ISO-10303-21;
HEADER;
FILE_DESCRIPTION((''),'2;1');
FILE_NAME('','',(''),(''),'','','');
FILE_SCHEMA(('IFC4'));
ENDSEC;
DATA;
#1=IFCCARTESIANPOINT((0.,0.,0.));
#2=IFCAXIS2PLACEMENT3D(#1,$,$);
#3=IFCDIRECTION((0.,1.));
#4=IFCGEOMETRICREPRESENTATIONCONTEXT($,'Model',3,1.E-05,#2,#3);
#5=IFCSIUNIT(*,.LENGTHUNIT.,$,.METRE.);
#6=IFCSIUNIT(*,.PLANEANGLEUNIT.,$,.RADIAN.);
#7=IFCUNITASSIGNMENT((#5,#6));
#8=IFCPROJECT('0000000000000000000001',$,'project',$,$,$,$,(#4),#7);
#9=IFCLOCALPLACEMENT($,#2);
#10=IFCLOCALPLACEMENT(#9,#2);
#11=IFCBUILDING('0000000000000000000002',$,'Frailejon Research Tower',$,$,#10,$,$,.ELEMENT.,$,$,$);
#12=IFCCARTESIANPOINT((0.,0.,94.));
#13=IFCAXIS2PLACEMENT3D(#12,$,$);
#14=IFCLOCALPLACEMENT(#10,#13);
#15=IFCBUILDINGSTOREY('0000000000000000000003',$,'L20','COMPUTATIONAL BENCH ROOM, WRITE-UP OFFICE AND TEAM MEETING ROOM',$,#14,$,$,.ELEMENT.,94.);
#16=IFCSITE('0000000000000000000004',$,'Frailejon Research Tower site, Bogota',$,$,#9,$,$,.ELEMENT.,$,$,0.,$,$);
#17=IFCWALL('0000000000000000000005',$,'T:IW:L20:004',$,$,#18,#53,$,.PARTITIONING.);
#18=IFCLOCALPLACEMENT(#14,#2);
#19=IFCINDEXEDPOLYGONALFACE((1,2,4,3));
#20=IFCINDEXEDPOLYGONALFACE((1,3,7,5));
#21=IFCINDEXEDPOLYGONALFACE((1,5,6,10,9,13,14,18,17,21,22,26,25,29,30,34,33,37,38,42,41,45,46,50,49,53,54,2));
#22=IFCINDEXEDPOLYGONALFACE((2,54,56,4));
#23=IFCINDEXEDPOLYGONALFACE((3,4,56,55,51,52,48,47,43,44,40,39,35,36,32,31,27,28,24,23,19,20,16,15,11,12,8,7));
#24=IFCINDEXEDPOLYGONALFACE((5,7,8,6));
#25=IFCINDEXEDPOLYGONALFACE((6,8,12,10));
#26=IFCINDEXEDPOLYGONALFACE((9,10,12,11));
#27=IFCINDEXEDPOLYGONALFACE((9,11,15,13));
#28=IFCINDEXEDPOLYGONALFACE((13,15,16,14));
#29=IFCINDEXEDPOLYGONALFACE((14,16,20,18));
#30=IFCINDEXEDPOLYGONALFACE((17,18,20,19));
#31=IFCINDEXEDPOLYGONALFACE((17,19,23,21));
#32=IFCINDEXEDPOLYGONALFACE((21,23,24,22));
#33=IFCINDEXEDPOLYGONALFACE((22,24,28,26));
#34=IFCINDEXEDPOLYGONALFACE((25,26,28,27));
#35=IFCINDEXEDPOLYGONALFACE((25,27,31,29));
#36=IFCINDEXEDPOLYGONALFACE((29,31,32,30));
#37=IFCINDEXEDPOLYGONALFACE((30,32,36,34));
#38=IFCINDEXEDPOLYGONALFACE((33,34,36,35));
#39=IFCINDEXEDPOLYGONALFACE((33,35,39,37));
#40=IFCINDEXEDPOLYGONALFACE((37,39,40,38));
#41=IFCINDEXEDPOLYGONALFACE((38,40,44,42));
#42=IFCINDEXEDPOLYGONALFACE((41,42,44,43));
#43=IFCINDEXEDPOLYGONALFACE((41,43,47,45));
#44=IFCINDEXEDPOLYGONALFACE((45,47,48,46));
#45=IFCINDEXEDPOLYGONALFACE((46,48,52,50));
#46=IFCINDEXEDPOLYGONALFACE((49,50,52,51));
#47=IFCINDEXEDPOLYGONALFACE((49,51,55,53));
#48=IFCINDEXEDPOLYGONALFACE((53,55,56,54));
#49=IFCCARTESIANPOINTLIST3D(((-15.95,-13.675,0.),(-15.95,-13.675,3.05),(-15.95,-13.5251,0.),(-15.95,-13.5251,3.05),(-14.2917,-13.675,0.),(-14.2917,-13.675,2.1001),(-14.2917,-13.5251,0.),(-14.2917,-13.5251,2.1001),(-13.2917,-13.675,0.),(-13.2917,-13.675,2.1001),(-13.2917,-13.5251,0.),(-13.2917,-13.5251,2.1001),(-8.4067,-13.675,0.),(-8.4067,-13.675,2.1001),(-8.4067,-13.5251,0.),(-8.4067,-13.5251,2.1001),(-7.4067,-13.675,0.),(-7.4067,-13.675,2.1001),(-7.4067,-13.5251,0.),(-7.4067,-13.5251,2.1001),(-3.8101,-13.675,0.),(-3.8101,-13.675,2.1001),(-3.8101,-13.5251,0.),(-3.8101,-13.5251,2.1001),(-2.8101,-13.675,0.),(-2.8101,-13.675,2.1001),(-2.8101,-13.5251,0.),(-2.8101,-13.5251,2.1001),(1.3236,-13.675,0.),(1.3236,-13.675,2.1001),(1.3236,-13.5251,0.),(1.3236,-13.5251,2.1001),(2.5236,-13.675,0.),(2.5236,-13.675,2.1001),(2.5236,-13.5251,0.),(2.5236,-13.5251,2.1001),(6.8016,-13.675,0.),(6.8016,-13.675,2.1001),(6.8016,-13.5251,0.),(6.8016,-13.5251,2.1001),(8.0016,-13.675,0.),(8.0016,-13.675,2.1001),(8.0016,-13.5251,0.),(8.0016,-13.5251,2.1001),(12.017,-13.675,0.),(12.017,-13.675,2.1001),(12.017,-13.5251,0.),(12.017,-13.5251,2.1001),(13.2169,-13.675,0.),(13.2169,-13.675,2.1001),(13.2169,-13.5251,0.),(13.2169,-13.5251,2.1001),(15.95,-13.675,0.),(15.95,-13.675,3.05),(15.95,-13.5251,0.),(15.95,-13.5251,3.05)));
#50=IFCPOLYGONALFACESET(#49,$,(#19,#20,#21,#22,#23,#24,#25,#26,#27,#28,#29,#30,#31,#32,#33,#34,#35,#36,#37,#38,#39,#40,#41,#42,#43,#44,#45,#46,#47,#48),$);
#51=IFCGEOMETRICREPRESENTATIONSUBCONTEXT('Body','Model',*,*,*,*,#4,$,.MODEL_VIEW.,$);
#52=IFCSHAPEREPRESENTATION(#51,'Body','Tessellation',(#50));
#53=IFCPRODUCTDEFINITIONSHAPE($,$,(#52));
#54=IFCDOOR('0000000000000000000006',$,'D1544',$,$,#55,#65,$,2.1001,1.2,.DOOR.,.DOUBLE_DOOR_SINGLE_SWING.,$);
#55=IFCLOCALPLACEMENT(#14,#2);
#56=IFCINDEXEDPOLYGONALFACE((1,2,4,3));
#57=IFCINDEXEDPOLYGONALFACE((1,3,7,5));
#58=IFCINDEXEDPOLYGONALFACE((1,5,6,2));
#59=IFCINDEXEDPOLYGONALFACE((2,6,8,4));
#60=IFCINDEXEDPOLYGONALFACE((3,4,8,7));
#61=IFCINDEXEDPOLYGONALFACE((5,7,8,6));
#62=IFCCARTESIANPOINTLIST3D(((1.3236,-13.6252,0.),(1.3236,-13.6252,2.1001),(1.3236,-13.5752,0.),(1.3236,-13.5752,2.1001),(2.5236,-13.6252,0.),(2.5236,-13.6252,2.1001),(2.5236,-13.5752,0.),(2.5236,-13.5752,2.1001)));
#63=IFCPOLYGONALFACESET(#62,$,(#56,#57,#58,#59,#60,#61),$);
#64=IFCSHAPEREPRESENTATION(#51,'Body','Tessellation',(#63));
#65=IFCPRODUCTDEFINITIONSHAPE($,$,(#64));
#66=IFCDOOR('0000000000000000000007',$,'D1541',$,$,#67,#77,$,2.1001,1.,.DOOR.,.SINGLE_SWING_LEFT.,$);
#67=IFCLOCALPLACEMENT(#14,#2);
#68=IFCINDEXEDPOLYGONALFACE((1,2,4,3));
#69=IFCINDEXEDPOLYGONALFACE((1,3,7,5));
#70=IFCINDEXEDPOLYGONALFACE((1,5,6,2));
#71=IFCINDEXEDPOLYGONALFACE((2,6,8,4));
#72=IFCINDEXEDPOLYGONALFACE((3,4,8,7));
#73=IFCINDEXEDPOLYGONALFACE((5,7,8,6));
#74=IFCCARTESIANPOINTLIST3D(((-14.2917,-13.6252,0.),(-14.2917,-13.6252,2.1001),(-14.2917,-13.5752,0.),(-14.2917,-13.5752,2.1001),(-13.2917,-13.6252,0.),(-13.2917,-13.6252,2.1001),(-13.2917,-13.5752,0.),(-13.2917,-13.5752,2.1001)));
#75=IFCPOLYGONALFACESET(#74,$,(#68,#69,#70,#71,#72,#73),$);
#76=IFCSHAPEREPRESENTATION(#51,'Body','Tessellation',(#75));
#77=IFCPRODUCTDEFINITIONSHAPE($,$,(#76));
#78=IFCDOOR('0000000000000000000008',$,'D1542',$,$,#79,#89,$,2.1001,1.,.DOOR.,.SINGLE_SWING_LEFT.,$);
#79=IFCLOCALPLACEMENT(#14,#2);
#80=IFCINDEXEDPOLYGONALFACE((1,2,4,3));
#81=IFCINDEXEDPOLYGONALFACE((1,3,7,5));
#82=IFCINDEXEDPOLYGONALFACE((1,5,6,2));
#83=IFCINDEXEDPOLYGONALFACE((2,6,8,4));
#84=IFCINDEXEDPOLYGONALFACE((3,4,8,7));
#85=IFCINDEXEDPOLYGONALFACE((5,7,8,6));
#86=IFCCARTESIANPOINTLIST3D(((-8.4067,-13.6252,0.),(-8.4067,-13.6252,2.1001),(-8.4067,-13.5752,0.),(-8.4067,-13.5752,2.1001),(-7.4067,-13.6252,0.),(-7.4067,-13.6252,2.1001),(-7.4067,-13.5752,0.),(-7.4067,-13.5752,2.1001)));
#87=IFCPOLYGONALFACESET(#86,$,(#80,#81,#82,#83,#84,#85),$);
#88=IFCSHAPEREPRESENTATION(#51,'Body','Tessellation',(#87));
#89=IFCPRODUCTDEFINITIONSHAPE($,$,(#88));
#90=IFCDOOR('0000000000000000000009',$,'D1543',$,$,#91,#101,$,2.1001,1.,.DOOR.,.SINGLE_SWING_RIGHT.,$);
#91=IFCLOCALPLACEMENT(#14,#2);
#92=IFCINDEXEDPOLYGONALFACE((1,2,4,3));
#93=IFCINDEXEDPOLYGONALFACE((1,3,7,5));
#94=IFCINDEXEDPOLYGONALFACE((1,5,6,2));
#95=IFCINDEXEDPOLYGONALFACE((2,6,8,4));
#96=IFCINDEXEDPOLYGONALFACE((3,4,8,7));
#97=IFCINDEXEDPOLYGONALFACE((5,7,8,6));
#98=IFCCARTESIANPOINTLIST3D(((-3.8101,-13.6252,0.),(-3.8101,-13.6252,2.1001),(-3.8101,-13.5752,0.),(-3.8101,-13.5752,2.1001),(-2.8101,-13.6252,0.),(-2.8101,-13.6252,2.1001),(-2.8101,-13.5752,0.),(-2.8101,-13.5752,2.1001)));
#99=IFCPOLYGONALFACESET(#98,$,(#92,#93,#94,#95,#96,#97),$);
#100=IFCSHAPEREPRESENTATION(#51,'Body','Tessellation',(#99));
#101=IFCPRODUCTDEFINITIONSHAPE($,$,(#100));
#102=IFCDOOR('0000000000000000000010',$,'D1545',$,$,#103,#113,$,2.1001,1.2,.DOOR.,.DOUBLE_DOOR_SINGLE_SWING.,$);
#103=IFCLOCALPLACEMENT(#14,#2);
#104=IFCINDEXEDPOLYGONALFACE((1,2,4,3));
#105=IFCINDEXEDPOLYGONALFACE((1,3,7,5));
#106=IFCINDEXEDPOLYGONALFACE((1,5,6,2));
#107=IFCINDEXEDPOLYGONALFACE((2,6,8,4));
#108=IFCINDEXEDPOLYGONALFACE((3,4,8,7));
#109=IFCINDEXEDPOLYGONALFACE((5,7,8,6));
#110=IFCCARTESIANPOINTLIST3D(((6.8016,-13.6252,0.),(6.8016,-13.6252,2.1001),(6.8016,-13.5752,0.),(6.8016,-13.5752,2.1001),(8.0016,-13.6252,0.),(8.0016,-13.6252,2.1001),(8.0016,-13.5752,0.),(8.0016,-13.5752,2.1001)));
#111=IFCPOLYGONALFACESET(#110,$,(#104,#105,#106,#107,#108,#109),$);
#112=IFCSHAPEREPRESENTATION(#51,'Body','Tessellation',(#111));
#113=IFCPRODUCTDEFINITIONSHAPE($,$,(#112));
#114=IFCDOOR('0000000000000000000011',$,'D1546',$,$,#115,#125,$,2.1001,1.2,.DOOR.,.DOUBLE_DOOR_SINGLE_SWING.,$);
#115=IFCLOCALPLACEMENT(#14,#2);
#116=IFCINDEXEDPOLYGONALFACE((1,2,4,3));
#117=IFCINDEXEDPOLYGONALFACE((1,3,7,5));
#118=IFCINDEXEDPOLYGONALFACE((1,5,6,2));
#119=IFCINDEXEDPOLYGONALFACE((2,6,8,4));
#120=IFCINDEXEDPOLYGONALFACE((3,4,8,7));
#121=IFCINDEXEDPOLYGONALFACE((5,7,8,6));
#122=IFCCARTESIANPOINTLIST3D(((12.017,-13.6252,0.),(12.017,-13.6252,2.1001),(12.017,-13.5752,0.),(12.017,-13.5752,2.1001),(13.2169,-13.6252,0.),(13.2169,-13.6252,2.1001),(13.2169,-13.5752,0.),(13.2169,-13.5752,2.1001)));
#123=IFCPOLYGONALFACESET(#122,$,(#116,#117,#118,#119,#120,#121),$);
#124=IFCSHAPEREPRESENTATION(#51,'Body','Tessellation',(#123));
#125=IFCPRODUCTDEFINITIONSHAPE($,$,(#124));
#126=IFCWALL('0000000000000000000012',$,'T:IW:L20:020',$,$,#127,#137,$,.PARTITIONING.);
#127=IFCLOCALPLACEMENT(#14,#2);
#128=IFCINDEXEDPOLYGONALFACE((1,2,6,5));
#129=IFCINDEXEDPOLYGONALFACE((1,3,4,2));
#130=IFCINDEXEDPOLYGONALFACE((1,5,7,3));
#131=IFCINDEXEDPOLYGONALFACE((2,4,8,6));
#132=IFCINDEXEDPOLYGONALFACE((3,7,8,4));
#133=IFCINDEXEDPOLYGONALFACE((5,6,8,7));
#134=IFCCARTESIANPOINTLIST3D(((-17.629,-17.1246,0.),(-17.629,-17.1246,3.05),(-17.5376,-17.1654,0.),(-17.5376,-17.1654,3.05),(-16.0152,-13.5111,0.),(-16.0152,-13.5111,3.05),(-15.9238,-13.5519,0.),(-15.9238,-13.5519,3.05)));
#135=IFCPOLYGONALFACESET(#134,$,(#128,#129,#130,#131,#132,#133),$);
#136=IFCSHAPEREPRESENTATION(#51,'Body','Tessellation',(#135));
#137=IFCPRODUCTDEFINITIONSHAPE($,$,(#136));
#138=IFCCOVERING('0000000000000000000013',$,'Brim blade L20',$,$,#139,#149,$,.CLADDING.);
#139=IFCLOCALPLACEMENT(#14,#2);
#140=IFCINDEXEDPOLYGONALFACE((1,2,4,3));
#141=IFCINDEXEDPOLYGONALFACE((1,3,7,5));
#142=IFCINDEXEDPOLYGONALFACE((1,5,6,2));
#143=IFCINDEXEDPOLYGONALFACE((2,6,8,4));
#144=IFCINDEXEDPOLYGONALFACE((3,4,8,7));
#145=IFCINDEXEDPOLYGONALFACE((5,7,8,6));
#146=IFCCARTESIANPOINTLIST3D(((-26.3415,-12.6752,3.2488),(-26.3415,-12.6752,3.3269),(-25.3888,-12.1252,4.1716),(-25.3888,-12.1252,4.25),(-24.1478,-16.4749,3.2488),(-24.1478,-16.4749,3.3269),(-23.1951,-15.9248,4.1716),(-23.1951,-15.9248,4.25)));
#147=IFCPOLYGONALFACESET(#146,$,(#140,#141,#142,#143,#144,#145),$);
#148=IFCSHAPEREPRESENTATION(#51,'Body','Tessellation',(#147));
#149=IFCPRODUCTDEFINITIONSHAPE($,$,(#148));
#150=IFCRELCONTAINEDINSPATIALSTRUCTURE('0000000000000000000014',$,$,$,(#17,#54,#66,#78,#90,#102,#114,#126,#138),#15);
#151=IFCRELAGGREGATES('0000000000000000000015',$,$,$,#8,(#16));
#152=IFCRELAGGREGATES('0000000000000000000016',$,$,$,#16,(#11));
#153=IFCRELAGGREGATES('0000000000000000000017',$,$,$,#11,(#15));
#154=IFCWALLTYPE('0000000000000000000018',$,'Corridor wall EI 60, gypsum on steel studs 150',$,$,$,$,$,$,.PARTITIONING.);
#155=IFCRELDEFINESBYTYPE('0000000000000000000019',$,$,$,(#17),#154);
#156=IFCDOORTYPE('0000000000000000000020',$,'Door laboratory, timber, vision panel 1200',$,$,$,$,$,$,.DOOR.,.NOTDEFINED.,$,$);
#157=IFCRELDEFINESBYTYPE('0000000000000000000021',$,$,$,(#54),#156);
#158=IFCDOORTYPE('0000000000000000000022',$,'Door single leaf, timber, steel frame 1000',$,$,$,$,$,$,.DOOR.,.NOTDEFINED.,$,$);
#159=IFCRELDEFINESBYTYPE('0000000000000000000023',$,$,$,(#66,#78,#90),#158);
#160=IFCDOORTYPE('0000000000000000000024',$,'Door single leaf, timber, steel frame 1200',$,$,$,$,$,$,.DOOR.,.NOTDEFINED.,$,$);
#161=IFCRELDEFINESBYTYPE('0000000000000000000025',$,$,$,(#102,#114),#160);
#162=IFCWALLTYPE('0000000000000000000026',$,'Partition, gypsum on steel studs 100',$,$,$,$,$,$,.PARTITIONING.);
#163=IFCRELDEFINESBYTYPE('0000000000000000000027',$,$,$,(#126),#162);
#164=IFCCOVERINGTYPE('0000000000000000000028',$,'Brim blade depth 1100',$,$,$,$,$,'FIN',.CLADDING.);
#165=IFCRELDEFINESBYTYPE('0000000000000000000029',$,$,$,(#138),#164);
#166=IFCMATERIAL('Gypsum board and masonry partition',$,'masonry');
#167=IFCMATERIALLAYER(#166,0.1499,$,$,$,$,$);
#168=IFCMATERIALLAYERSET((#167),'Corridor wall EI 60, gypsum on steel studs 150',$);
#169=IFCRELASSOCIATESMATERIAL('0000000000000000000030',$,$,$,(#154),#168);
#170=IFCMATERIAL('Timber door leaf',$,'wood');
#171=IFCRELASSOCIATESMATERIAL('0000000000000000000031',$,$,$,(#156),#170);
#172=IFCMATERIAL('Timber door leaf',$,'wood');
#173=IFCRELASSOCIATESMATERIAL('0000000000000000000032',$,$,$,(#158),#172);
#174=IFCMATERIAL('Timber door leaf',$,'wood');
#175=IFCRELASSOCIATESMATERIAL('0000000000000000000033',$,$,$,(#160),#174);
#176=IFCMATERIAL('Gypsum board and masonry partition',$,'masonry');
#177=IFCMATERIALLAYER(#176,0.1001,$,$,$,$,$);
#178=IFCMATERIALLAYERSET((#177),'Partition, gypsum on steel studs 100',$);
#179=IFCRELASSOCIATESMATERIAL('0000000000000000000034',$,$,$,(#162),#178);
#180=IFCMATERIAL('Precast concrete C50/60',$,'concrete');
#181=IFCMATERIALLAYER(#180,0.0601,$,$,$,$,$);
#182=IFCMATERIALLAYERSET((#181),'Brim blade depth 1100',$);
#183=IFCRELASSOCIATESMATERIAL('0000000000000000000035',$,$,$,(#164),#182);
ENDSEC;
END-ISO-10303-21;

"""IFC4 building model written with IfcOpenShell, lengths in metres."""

from ifc_helpers import new_model, si_unit, direction, frame, frame_2d, origin, place, context, subcontext, project, spatial, polyline, rectangle, outline, extrude, material, layer, layer_set, type_object, element, fill, save


model = new_model("IFC4")

# Units and contexts
model_context = context("Model", 3, precision=1e-05, world=origin(), true_north=direction((0.0, 1.0)))
body_context = subcontext(model_context, "Body", "Model", "MODEL_VIEW")
ifc_project = project(units=[si_unit("LENGTHUNIT", "METRE"), si_unit("PLANEANGLEUNIT", "RADIAN")], contexts=[model_context])

# Site, building, storey
site_placement = place(None, origin())
site = spatial("IfcSite", under=ifc_project, at=site_placement, Name="Frailejon Research Tower site, Bogota", CompositionType="ELEMENT", RefElevation=0.0)
building_placement = place(site_placement, origin())
building = spatial("IfcBuilding", under=site, at=building_placement, Name="Frailejon Research Tower", CompositionType="ELEMENT")
storey_placement = place(building_placement, frame((0.0, 0.0, 94.0)))
storey = spatial("IfcBuildingStorey", under=building, at=storey_placement, Name="L20", Description="COMPUTATIONAL BENCH ROOM, WRITE-UP OFFICE AND TEAM MEETING ROOM", CompositionType="ELEMENT", Elevation=94.0)

# Wall, openings, doors
ifc_material_1 = material(Name="Gypsum board and masonry partition", Category="masonry")
ifc_layer_1 = layer(ifc_material_1, 0.1499)
ifc_layer_set_1 = layer_set([ifc_layer_1], Name="Corridor wall EI 60, gypsum on steel studs 150")
wall_type_1 = type_object("IfcWallType", Name="Corridor wall EI 60, gypsum on steel studs 150", PredefinedType="PARTITIONING", material=ifc_layer_set_1)
ifc_material_2 = material(Name="Timber door leaf", Category="wood")
door_type_1 = type_object("IfcDoorType", Name="Door laboratory, timber, vision panel 1200", OperationType="NOTDEFINED", PredefinedType="DOOR", material=ifc_material_2)
ifc_material_3 = material(Name="Timber door leaf", Category="wood")
door_type_2 = type_object("IfcDoorType", Name="Door single leaf, timber, steel frame 1000", OperationType="NOTDEFINED", PredefinedType="DOOR", material=ifc_material_3)
ifc_material_4 = material(Name="Timber door leaf", Category="wood")
door_type_3 = type_object("IfcDoorType", Name="Door single leaf, timber, steel frame 1200", OperationType="NOTDEFINED", PredefinedType="DOOR", material=ifc_material_4)
wall_1_placement = place(storey_placement, frame((-15.95, -13.6001, 0.0), z_axis=(0.0, 0.0, 1.0), x_axis=(1.0, 0.0, 0.0)))
wall_1 = element("IfcWall", 1, at=wall_1_placement, inside=storey, type_object=wall_type_1, Name="T:IW:L20:004", PredefinedType="PARTITIONING", context=body_context, shape_type="SweptSolid", body=[
    extrude(rectangle(XDim=31.8999, YDim=0.1499, at=frame_2d((15.95, 0.0))), origin(), (0.0, 0.0, 1.0), 3.05),
])
opening_1_placement = place(wall_1_placement, frame((1.6582, 0.0, 0.0)))
opening_1 = element("IfcOpeningElement", 2, at=opening_1_placement, cuts=wall_1, PredefinedType="OPENING", context=body_context, shape_type="SweptSolid", body=[
    extrude(rectangle(XDim=1.0, YDim=2.1001, at=frame_2d((0.5, 1.05))), frame((0.0, 0.085, 0.0), z_axis=(0.0, -1.0, 0.0), x_axis=(1.0, 0.0, 0.0)), (0.0, 0.0, 1.0), 0.1699),
])
opening_2_placement = place(wall_1_placement, frame((7.5432, 0.0, 0.0)))
opening_2 = element("IfcOpeningElement", 3, at=opening_2_placement, cuts=wall_1, PredefinedType="OPENING", context=body_context, shape_type="SweptSolid", body=[
    extrude(rectangle(XDim=1.0, YDim=2.1001, at=frame_2d((0.5, 1.05))), frame((0.0, 0.085, 0.0), z_axis=(0.0, -1.0, 0.0), x_axis=(1.0, 0.0, 0.0)), (0.0, 0.0, 1.0), 0.1699),
])
opening_3_placement = place(wall_1_placement, frame((12.1399, 0.0, 0.0)))
opening_3 = element("IfcOpeningElement", 4, at=opening_3_placement, cuts=wall_1, PredefinedType="OPENING", context=body_context, shape_type="SweptSolid", body=[
    extrude(rectangle(XDim=1.0, YDim=2.1001, at=frame_2d((0.5, 1.05))), frame((0.0, 0.085, 0.0), z_axis=(0.0, -1.0, 0.0), x_axis=(1.0, 0.0, 0.0)), (0.0, 0.0, 1.0), 0.1699),
])
opening_4_placement = place(wall_1_placement, frame((17.2734, 0.0, 0.0)))
opening_4 = element("IfcOpeningElement", 5, at=opening_4_placement, cuts=wall_1, PredefinedType="OPENING", context=body_context, shape_type="SweptSolid", body=[
    extrude(rectangle(XDim=1.2, YDim=2.1001, at=frame_2d((0.6001, 1.05))), frame((0.0, 0.085, 0.0), z_axis=(0.0, -1.0, 0.0), x_axis=(1.0, 0.0, 0.0)), (0.0, 0.0, 1.0), 0.1699),
])
opening_5_placement = place(wall_1_placement, frame((22.7515, 0.0, 0.0)))
opening_5 = element("IfcOpeningElement", 6, at=opening_5_placement, cuts=wall_1, PredefinedType="OPENING", context=body_context, shape_type="SweptSolid", body=[
    extrude(rectangle(XDim=1.2, YDim=2.1001, at=frame_2d((0.6001, 1.05))), frame((0.0, 0.085, 0.0), z_axis=(0.0, -1.0, 0.0), x_axis=(1.0, 0.0, 0.0)), (0.0, 0.0, 1.0), 0.1699),
])
opening_6_placement = place(wall_1_placement, frame((27.9668, 0.0, 0.0)))
opening_6 = element("IfcOpeningElement", 7, at=opening_6_placement, cuts=wall_1, PredefinedType="OPENING", context=body_context, shape_type="SweptSolid", body=[
    extrude(rectangle(XDim=1.2, YDim=2.1001, at=frame_2d((0.6001, 1.05))), frame((0.0, 0.085, 0.0), z_axis=(0.0, -1.0, 0.0), x_axis=(1.0, 0.0, 0.0)), (0.0, 0.0, 1.0), 0.1699),
])
door_1_placement = place(opening_4_placement, origin())
door_1 = element("IfcDoor", 8, at=door_1_placement, inside=storey, type_object=door_type_1, Name="D1544", OperationType="DOUBLE_DOOR_SINGLE_SWING", OverallHeight=2.1001, OverallWidth=1.2, PredefinedType="DOOR", context=body_context, shape_type="SweptSolid", body=[
    extrude(rectangle(XDim=1.2, YDim=2.1001, at=frame_2d((0.6001, 1.05))), frame((0.0, 0.0249, 0.0), z_axis=(0.0, -1.0, 0.0), x_axis=(1.0, 0.0, 0.0)), (0.0, 0.0, 1.0), 0.05),
])
fill(opening_4, door_1)
door_2_placement = place(opening_1_placement, origin())
door_2 = element("IfcDoor", 9, at=door_2_placement, inside=storey, type_object=door_type_2, Name="D1541", OperationType="SINGLE_SWING_LEFT", OverallHeight=2.1001, OverallWidth=1.0, PredefinedType="DOOR", context=body_context, shape_type="SweptSolid", body=[
    extrude(rectangle(XDim=1.0, YDim=2.1001, at=frame_2d((0.5, 1.05))), frame((0.0, 0.0249, 0.0), z_axis=(0.0, -1.0, 0.0), x_axis=(1.0, 0.0, 0.0)), (0.0, 0.0, 1.0), 0.05),
])
fill(opening_1, door_2)
door_3_placement = place(opening_2_placement, origin())
door_3 = element("IfcDoor", 10, at=door_3_placement, inside=storey, type_object=door_type_2, Name="D1542", OperationType="SINGLE_SWING_LEFT", OverallHeight=2.1001, OverallWidth=1.0, PredefinedType="DOOR", context=body_context, shape_type="SweptSolid", body=[
    extrude(rectangle(XDim=1.0, YDim=2.1001, at=frame_2d((0.5, 1.05))), frame((0.0, 0.0249, 0.0), z_axis=(0.0, -1.0, 0.0), x_axis=(1.0, 0.0, 0.0)), (0.0, 0.0, 1.0), 0.05),
])
fill(opening_2, door_3)
door_4_placement = place(opening_3_placement, origin())
door_4 = element("IfcDoor", 11, at=door_4_placement, inside=storey, type_object=door_type_2, Name="D1543", OperationType="SINGLE_SWING_RIGHT", OverallHeight=2.1001, OverallWidth=1.0, PredefinedType="DOOR", context=body_context, shape_type="SweptSolid", body=[
    extrude(rectangle(XDim=1.0, YDim=2.1001, at=frame_2d((0.5, 1.05))), frame((0.0, 0.0249, 0.0), z_axis=(0.0, -1.0, 0.0), x_axis=(1.0, 0.0, 0.0)), (0.0, 0.0, 1.0), 0.05),
])
fill(opening_3, door_4)
door_5_placement = place(opening_5_placement, origin())
door_5 = element("IfcDoor", 12, at=door_5_placement, inside=storey, type_object=door_type_3, Name="D1545", OperationType="DOUBLE_DOOR_SINGLE_SWING", OverallHeight=2.1001, OverallWidth=1.2, PredefinedType="DOOR", context=body_context, shape_type="SweptSolid", body=[
    extrude(rectangle(XDim=1.2, YDim=2.1001, at=frame_2d((0.6001, 1.05))), frame((0.0, 0.0249, 0.0), z_axis=(0.0, -1.0, 0.0), x_axis=(1.0, 0.0, 0.0)), (0.0, 0.0, 1.0), 0.05),
])
fill(opening_5, door_5)
door_6_placement = place(opening_6_placement, origin())
door_6 = element("IfcDoor", 13, at=door_6_placement, inside=storey, type_object=door_type_3, Name="D1546", OperationType="DOUBLE_DOOR_SINGLE_SWING", OverallHeight=2.1001, OverallWidth=1.2, PredefinedType="DOOR", context=body_context, shape_type="SweptSolid", body=[
    extrude(rectangle(XDim=1.2, YDim=2.1001, at=frame_2d((0.6001, 1.05))), frame((0.0, 0.0249, 0.0), z_axis=(0.0, -1.0, 0.0), x_axis=(1.0, 0.0, 0.0)), (0.0, 0.0, 1.0), 0.05),
])
fill(opening_6, door_6)

# Wall
ifc_material_5 = material(Name="Gypsum board and masonry partition", Category="masonry")
ifc_layer_2 = layer(ifc_material_5, 0.1001)
ifc_layer_set_2 = layer_set([ifc_layer_2], Name="Partition, gypsum on steel studs 100")
wall_type_2 = type_object("IfcWallType", Name="Partition, gypsum on steel studs 100", PredefinedType="PARTITIONING", material=ifc_layer_set_2)
wall_2_placement = place(storey_placement, frame((-17.5833, -17.145, 0.0), z_axis=(0.0, 0.0, 1.0), x_axis=(0.407775, 0.913083, 0.0)))
element("IfcWall", 14, at=wall_2_placement, inside=storey, type_object=wall_type_2, Name="T:IW:L20:020", PredefinedType="PARTITIONING", context=body_context, shape_type="SweptSolid", body=[
    extrude(rectangle(XDim=3.9575, YDim=0.1001, at=frame_2d((1.9788, 0.0))), origin(), (0.0, 0.0, 1.0), 3.05),
])

# Covering
ifc_material_6 = material(Name="Precast concrete C50/60", Category="concrete")
ifc_layer_3 = layer(ifc_material_6, 0.0601)
ifc_layer_set_3 = layer_set([ifc_layer_3], Name="Brim blade depth 1100")
covering_type = type_object("IfcCoveringType", Name="Brim blade depth 1100", ElementType="FIN", PredefinedType="CLADDING", material=ifc_layer_set_3)
covering_placement = place(storey_placement, frame((-23.1951, -15.9248, 4.25), z_axis=(-0.5, 0.866025, 0.0), x_axis=(-0.866025, -0.5, 0.0)))
element("IfcCovering", 15, at=covering_placement, inside=storey, type_object=covering_type, Name="Brim blade L20", PredefinedType="CLADDING", context=body_context, shape_type="SweptSolid", body=[
    extrude(outline(polyline([(0.0, -0.0784), (1.1001, -1.0012), (1.1001, -0.9231), (0.0, 0.0), (0.0, -0.0784)])), origin(), (0.0, 0.0, 1.0), 4.3875),
])

save(model, "model.ifc")
